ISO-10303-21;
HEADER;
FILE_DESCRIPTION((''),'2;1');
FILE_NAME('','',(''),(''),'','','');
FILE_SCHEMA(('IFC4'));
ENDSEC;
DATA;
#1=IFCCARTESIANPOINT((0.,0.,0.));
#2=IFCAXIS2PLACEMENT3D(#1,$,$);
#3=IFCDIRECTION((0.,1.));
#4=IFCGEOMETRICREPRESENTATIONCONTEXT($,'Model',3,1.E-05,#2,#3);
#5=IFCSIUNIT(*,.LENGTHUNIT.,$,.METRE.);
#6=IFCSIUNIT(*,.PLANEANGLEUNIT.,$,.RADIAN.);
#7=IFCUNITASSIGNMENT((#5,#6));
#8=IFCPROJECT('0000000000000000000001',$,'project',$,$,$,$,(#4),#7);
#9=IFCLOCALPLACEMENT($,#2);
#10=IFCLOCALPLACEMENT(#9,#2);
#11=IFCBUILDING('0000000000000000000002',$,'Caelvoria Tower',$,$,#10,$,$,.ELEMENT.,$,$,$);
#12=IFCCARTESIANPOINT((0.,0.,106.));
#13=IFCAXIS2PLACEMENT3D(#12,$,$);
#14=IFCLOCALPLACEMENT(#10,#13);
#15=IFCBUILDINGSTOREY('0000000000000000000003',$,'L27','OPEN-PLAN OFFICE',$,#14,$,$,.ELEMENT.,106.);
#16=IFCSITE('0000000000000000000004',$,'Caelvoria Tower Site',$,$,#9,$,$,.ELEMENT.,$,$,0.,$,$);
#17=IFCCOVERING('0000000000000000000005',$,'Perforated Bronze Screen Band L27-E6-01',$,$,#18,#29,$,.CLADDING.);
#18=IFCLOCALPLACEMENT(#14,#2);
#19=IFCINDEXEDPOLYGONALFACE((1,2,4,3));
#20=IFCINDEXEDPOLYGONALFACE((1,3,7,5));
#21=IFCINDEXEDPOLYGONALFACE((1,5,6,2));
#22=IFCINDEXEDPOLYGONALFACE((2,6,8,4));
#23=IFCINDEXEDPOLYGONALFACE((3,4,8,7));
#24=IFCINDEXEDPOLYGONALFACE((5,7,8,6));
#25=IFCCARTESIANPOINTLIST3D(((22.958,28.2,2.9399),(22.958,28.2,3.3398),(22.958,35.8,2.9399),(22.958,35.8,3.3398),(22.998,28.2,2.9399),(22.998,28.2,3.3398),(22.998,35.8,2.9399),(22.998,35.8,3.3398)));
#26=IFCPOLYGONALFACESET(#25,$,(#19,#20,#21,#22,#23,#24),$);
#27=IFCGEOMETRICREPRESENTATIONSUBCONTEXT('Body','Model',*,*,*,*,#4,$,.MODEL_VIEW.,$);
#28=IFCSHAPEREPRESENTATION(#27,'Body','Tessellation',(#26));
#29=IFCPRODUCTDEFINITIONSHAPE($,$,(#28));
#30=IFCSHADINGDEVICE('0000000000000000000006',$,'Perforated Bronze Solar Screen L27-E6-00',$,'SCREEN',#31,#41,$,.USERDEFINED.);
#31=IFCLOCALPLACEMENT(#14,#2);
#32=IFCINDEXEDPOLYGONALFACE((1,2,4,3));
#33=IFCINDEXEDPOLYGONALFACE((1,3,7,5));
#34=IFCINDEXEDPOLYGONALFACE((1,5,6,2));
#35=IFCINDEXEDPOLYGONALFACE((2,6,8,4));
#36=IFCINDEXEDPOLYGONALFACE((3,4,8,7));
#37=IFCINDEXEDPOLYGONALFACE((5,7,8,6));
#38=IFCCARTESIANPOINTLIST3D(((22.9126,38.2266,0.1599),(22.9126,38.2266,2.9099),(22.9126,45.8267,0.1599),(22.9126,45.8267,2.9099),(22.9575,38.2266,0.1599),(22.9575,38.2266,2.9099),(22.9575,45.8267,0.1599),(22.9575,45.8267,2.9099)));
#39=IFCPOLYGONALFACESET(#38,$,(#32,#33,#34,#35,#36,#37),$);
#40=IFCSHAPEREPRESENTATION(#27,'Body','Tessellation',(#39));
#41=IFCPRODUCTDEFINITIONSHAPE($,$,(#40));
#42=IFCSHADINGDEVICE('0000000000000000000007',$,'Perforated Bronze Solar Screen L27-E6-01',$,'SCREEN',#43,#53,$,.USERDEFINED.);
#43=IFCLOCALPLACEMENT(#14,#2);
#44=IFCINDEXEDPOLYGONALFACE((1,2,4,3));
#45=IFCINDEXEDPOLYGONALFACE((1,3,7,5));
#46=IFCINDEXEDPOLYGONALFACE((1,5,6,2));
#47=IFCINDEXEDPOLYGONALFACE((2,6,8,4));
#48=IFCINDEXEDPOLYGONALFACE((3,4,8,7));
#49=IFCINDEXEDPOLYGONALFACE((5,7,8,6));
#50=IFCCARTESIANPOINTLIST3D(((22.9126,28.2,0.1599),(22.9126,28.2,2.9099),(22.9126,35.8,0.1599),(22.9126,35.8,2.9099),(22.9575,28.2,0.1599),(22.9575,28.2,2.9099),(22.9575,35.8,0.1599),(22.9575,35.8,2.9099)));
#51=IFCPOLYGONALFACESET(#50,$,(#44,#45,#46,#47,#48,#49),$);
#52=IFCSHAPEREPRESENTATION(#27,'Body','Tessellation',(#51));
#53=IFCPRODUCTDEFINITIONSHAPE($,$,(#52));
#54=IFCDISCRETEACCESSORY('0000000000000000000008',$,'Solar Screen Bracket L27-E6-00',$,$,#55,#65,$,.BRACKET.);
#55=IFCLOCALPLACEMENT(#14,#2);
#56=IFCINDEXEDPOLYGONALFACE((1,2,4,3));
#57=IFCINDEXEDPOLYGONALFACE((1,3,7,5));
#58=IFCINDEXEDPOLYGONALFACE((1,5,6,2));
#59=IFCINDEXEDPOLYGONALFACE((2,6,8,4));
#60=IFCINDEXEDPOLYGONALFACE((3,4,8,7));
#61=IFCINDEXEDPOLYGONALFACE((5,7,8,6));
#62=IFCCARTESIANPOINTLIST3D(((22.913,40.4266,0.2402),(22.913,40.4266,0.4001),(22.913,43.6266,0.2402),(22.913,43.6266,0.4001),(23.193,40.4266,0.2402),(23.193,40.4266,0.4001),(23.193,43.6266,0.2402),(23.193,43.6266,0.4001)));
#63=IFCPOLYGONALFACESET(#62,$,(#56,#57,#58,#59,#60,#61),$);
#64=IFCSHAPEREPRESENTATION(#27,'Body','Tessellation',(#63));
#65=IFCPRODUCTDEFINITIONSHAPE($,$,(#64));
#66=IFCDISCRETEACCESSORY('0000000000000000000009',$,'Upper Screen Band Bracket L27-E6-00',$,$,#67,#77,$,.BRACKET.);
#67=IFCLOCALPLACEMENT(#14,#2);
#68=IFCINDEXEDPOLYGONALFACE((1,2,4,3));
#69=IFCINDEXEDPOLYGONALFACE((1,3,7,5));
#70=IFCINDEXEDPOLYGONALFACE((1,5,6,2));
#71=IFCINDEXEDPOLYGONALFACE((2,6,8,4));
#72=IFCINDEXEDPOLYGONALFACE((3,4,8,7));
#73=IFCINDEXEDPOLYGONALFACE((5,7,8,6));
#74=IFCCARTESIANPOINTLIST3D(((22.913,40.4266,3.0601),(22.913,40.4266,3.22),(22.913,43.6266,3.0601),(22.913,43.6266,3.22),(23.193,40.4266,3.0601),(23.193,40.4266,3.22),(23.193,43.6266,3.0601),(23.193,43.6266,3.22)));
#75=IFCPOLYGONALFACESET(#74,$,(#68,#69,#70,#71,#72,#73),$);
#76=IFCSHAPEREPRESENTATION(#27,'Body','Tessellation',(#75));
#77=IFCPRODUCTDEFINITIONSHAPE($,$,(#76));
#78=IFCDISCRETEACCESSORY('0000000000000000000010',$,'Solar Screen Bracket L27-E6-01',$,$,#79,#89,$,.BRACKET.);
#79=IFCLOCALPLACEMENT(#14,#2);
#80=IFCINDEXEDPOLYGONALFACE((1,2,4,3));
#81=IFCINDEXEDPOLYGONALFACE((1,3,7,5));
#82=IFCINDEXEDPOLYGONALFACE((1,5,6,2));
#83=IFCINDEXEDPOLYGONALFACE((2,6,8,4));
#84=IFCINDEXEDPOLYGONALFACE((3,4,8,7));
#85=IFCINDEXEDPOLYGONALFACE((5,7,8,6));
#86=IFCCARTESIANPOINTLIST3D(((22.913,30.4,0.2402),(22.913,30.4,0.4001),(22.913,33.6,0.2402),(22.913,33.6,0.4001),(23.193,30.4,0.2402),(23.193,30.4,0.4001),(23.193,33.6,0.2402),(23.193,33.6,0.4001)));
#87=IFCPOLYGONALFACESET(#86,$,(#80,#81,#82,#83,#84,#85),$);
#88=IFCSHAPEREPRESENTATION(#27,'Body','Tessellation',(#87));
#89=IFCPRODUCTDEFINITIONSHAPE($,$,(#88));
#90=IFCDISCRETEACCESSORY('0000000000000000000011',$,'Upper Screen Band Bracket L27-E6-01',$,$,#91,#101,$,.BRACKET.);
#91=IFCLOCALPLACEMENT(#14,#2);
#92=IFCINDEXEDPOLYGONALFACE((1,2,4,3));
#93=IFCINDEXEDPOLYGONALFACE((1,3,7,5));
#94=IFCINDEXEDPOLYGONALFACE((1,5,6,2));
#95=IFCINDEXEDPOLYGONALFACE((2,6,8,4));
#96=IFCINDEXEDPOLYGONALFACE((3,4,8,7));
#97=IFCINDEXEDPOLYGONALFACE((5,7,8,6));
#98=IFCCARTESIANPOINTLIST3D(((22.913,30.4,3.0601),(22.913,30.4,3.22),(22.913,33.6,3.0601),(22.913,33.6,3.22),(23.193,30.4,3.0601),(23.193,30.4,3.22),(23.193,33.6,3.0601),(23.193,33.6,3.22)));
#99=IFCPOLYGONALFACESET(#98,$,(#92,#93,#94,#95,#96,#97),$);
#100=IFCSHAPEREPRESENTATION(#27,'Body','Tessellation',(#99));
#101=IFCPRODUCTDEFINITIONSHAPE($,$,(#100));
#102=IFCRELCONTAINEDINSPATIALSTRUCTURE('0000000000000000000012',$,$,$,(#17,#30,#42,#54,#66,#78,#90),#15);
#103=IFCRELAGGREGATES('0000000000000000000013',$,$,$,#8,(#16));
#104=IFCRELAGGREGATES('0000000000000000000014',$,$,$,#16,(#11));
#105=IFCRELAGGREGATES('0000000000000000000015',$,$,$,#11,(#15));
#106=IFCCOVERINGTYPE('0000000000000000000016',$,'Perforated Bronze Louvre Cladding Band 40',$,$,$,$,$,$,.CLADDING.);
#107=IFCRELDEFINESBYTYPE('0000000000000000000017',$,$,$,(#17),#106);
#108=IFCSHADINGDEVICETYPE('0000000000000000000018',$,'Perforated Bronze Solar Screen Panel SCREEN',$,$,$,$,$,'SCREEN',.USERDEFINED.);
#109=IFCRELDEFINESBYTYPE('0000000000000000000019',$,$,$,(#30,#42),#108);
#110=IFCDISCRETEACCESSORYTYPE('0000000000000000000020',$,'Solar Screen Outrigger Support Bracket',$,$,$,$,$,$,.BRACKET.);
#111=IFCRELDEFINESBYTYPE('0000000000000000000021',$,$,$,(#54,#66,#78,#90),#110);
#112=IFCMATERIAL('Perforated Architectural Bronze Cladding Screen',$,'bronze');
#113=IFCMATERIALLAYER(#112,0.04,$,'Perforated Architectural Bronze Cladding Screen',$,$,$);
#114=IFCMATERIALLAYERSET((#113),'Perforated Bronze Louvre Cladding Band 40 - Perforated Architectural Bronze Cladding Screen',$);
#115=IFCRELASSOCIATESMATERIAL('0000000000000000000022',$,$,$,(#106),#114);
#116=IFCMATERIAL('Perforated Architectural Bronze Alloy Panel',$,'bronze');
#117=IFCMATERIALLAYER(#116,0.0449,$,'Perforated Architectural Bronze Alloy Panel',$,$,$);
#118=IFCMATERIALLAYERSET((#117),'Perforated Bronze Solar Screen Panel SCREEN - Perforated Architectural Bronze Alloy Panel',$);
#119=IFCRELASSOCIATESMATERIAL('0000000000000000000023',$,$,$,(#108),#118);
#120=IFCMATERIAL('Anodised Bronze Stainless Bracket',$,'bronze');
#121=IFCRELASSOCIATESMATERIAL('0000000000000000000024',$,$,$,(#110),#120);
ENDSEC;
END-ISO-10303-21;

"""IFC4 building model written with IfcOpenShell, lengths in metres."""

from ifc_helpers import new_model, si_unit, direction, frame, origin, origin_2d, place, context, subcontext, project, spatial, rectangle, extrude, material, layer, layer_set, type_object, element, save


model = new_model("IFC4")

# Units and contexts
model_context = context("Model", 3, precision=1e-05, world=origin(), true_north=direction((0.0, 1.0)))
body_context = subcontext(model_context, "Body", "Model", "MODEL_VIEW")
ifc_project = project(units=[si_unit("LENGTHUNIT", "METRE"), si_unit("PLANEANGLEUNIT", "RADIAN")], contexts=[model_context])

# Site, building, storey
site_placement = place(None, origin())
site = spatial("IfcSite", under=ifc_project, at=site_placement, Name="Caelvoria Tower Site", CompositionType="ELEMENT", RefElevation=0.0)
building_placement = place(site_placement, origin())
building = spatial("IfcBuilding", under=site, at=building_placement, Name="Caelvoria Tower", CompositionType="ELEMENT")
storey_placement = place(building_placement, frame((0.0, 0.0, 106.0)))
storey = spatial("IfcBuildingStorey", under=building, at=storey_placement, Name="L27", Description="OPEN-PLAN OFFICE", CompositionType="ELEMENT", Elevation=106.0)

# Covering
ifc_material_1 = material(Name="Perforated Architectural Bronze Cladding Screen", Category="bronze")
ifc_layer_1 = layer(ifc_material_1, 0.04, Name="Perforated Architectural Bronze Cladding Screen")
ifc_layer_set_1 = layer_set([ifc_layer_1], Name="Perforated Bronze Louvre Cladding Band 40 - Perforated Architectural Bronze Cladding Screen")
covering_type = type_object("IfcCoveringType", Name="Perforated Bronze Louvre Cladding Band 40", PredefinedType="CLADDING", material=ifc_layer_set_1)
for number, where, z_axis, x_axis, name in (
    (1, (22.978, 32.0, 2.9399), (0.0, 0.0, 1.0), (0.0, -1.0, 0.0), "Perforated Bronze Screen Band L27-E6-01"),
):
    element("IfcCovering", number, at=place(storey_placement, frame(where, z_axis=z_axis, x_axis=x_axis)), inside=storey, type_object=covering_type, Name=name, PredefinedType="CLADDING", context=body_context, shape_type="SweptSolid", body=[
        extrude(rectangle(XDim=7.6001, YDim=0.04, at=origin_2d()), origin(), (0.0, 0.0, 1.0), 0.3999),
    ])

# Shading devices
ifc_material_2 = material(Name="Perforated Architectural Bronze Alloy Panel", Category="bronze")
ifc_layer_2 = layer(ifc_material_2, 0.0449, Name="Perforated Architectural Bronze Alloy Panel")
ifc_layer_set_2 = layer_set([ifc_layer_2], Name="Perforated Bronze Solar Screen Panel SCREEN - Perforated Architectural Bronze Alloy Panel")
shading_device_type = type_object("IfcShadingDeviceType", Name="Perforated Bronze Solar Screen Panel SCREEN", ElementType="SCREEN", PredefinedType="USERDEFINED", material=ifc_layer_set_2)
for number, where, z_axis, x_axis, name in (
    (2, (22.9351, 42.0266, 0.1599), (0.0, 0.0, 1.0), (0.0, -1.0, 0.0), "Perforated Bronze Solar Screen L27-E6-00"),
    (3, (22.9351, 32.0, 0.1599), (0.0, 0.0, 1.0), (0.0, -1.0, 0.0), "Perforated Bronze Solar Screen L27-E6-01"),
):
    element("IfcShadingDevice", number, at=place(storey_placement, frame(where, z_axis=z_axis, x_axis=x_axis)), inside=storey, type_object=shading_device_type, Name=name, ObjectType="SCREEN", PredefinedType="USERDEFINED", context=body_context, shape_type="SweptSolid", body=[
        extrude(rectangle(XDim=7.6001, YDim=0.0449, at=origin_2d()), origin(), (0.0, 0.0, 1.0), 2.75),
    ])

# Discrete accessories
ifc_material_3 = material(Name="Anodised Bronze Stainless Bracket", Category="bronze")
discrete_accessory_type = type_object("IfcDiscreteAccessoryType", Name="Solar Screen Outrigger Support Bracket", PredefinedType="BRACKET", material=ifc_material_3)
for number, where, z_axis, x_axis, name in (
    (4, (23.053, 42.0266, 0.2402), (0.0, 0.0, 1.0), (0.0, -1.0, 0.0), "Solar Screen Bracket L27-E6-00"),
    (5, (23.053, 42.0266, 3.0601), (0.0, 0.0, 1.0), (0.0, -1.0, 0.0), "Upper Screen Band Bracket L27-E6-00"),
    (6, (23.053, 32.0, 0.2402), (0.0, 0.0, 1.0), (0.0, -1.0, 0.0), "Solar Screen Bracket L27-E6-01"),
    (7, (23.053, 32.0, 3.0601), (0.0, 0.0, 1.0), (0.0, -1.0, 0.0), "Upper Screen Band Bracket L27-E6-01"),
):
    element("IfcDiscreteAccessory", number, at=place(storey_placement, frame(where, z_axis=z_axis, x_axis=x_axis)), inside=storey, type_object=discrete_accessory_type, Name=name, PredefinedType="BRACKET", context=body_context, shape_type="SweptSolid", body=[
        extrude(rectangle(XDim=3.2, YDim=0.28, at=origin_2d()), origin(), (0.0, 0.0, 1.0), 0.1599),
    ])

save(model, "model.ifc")
